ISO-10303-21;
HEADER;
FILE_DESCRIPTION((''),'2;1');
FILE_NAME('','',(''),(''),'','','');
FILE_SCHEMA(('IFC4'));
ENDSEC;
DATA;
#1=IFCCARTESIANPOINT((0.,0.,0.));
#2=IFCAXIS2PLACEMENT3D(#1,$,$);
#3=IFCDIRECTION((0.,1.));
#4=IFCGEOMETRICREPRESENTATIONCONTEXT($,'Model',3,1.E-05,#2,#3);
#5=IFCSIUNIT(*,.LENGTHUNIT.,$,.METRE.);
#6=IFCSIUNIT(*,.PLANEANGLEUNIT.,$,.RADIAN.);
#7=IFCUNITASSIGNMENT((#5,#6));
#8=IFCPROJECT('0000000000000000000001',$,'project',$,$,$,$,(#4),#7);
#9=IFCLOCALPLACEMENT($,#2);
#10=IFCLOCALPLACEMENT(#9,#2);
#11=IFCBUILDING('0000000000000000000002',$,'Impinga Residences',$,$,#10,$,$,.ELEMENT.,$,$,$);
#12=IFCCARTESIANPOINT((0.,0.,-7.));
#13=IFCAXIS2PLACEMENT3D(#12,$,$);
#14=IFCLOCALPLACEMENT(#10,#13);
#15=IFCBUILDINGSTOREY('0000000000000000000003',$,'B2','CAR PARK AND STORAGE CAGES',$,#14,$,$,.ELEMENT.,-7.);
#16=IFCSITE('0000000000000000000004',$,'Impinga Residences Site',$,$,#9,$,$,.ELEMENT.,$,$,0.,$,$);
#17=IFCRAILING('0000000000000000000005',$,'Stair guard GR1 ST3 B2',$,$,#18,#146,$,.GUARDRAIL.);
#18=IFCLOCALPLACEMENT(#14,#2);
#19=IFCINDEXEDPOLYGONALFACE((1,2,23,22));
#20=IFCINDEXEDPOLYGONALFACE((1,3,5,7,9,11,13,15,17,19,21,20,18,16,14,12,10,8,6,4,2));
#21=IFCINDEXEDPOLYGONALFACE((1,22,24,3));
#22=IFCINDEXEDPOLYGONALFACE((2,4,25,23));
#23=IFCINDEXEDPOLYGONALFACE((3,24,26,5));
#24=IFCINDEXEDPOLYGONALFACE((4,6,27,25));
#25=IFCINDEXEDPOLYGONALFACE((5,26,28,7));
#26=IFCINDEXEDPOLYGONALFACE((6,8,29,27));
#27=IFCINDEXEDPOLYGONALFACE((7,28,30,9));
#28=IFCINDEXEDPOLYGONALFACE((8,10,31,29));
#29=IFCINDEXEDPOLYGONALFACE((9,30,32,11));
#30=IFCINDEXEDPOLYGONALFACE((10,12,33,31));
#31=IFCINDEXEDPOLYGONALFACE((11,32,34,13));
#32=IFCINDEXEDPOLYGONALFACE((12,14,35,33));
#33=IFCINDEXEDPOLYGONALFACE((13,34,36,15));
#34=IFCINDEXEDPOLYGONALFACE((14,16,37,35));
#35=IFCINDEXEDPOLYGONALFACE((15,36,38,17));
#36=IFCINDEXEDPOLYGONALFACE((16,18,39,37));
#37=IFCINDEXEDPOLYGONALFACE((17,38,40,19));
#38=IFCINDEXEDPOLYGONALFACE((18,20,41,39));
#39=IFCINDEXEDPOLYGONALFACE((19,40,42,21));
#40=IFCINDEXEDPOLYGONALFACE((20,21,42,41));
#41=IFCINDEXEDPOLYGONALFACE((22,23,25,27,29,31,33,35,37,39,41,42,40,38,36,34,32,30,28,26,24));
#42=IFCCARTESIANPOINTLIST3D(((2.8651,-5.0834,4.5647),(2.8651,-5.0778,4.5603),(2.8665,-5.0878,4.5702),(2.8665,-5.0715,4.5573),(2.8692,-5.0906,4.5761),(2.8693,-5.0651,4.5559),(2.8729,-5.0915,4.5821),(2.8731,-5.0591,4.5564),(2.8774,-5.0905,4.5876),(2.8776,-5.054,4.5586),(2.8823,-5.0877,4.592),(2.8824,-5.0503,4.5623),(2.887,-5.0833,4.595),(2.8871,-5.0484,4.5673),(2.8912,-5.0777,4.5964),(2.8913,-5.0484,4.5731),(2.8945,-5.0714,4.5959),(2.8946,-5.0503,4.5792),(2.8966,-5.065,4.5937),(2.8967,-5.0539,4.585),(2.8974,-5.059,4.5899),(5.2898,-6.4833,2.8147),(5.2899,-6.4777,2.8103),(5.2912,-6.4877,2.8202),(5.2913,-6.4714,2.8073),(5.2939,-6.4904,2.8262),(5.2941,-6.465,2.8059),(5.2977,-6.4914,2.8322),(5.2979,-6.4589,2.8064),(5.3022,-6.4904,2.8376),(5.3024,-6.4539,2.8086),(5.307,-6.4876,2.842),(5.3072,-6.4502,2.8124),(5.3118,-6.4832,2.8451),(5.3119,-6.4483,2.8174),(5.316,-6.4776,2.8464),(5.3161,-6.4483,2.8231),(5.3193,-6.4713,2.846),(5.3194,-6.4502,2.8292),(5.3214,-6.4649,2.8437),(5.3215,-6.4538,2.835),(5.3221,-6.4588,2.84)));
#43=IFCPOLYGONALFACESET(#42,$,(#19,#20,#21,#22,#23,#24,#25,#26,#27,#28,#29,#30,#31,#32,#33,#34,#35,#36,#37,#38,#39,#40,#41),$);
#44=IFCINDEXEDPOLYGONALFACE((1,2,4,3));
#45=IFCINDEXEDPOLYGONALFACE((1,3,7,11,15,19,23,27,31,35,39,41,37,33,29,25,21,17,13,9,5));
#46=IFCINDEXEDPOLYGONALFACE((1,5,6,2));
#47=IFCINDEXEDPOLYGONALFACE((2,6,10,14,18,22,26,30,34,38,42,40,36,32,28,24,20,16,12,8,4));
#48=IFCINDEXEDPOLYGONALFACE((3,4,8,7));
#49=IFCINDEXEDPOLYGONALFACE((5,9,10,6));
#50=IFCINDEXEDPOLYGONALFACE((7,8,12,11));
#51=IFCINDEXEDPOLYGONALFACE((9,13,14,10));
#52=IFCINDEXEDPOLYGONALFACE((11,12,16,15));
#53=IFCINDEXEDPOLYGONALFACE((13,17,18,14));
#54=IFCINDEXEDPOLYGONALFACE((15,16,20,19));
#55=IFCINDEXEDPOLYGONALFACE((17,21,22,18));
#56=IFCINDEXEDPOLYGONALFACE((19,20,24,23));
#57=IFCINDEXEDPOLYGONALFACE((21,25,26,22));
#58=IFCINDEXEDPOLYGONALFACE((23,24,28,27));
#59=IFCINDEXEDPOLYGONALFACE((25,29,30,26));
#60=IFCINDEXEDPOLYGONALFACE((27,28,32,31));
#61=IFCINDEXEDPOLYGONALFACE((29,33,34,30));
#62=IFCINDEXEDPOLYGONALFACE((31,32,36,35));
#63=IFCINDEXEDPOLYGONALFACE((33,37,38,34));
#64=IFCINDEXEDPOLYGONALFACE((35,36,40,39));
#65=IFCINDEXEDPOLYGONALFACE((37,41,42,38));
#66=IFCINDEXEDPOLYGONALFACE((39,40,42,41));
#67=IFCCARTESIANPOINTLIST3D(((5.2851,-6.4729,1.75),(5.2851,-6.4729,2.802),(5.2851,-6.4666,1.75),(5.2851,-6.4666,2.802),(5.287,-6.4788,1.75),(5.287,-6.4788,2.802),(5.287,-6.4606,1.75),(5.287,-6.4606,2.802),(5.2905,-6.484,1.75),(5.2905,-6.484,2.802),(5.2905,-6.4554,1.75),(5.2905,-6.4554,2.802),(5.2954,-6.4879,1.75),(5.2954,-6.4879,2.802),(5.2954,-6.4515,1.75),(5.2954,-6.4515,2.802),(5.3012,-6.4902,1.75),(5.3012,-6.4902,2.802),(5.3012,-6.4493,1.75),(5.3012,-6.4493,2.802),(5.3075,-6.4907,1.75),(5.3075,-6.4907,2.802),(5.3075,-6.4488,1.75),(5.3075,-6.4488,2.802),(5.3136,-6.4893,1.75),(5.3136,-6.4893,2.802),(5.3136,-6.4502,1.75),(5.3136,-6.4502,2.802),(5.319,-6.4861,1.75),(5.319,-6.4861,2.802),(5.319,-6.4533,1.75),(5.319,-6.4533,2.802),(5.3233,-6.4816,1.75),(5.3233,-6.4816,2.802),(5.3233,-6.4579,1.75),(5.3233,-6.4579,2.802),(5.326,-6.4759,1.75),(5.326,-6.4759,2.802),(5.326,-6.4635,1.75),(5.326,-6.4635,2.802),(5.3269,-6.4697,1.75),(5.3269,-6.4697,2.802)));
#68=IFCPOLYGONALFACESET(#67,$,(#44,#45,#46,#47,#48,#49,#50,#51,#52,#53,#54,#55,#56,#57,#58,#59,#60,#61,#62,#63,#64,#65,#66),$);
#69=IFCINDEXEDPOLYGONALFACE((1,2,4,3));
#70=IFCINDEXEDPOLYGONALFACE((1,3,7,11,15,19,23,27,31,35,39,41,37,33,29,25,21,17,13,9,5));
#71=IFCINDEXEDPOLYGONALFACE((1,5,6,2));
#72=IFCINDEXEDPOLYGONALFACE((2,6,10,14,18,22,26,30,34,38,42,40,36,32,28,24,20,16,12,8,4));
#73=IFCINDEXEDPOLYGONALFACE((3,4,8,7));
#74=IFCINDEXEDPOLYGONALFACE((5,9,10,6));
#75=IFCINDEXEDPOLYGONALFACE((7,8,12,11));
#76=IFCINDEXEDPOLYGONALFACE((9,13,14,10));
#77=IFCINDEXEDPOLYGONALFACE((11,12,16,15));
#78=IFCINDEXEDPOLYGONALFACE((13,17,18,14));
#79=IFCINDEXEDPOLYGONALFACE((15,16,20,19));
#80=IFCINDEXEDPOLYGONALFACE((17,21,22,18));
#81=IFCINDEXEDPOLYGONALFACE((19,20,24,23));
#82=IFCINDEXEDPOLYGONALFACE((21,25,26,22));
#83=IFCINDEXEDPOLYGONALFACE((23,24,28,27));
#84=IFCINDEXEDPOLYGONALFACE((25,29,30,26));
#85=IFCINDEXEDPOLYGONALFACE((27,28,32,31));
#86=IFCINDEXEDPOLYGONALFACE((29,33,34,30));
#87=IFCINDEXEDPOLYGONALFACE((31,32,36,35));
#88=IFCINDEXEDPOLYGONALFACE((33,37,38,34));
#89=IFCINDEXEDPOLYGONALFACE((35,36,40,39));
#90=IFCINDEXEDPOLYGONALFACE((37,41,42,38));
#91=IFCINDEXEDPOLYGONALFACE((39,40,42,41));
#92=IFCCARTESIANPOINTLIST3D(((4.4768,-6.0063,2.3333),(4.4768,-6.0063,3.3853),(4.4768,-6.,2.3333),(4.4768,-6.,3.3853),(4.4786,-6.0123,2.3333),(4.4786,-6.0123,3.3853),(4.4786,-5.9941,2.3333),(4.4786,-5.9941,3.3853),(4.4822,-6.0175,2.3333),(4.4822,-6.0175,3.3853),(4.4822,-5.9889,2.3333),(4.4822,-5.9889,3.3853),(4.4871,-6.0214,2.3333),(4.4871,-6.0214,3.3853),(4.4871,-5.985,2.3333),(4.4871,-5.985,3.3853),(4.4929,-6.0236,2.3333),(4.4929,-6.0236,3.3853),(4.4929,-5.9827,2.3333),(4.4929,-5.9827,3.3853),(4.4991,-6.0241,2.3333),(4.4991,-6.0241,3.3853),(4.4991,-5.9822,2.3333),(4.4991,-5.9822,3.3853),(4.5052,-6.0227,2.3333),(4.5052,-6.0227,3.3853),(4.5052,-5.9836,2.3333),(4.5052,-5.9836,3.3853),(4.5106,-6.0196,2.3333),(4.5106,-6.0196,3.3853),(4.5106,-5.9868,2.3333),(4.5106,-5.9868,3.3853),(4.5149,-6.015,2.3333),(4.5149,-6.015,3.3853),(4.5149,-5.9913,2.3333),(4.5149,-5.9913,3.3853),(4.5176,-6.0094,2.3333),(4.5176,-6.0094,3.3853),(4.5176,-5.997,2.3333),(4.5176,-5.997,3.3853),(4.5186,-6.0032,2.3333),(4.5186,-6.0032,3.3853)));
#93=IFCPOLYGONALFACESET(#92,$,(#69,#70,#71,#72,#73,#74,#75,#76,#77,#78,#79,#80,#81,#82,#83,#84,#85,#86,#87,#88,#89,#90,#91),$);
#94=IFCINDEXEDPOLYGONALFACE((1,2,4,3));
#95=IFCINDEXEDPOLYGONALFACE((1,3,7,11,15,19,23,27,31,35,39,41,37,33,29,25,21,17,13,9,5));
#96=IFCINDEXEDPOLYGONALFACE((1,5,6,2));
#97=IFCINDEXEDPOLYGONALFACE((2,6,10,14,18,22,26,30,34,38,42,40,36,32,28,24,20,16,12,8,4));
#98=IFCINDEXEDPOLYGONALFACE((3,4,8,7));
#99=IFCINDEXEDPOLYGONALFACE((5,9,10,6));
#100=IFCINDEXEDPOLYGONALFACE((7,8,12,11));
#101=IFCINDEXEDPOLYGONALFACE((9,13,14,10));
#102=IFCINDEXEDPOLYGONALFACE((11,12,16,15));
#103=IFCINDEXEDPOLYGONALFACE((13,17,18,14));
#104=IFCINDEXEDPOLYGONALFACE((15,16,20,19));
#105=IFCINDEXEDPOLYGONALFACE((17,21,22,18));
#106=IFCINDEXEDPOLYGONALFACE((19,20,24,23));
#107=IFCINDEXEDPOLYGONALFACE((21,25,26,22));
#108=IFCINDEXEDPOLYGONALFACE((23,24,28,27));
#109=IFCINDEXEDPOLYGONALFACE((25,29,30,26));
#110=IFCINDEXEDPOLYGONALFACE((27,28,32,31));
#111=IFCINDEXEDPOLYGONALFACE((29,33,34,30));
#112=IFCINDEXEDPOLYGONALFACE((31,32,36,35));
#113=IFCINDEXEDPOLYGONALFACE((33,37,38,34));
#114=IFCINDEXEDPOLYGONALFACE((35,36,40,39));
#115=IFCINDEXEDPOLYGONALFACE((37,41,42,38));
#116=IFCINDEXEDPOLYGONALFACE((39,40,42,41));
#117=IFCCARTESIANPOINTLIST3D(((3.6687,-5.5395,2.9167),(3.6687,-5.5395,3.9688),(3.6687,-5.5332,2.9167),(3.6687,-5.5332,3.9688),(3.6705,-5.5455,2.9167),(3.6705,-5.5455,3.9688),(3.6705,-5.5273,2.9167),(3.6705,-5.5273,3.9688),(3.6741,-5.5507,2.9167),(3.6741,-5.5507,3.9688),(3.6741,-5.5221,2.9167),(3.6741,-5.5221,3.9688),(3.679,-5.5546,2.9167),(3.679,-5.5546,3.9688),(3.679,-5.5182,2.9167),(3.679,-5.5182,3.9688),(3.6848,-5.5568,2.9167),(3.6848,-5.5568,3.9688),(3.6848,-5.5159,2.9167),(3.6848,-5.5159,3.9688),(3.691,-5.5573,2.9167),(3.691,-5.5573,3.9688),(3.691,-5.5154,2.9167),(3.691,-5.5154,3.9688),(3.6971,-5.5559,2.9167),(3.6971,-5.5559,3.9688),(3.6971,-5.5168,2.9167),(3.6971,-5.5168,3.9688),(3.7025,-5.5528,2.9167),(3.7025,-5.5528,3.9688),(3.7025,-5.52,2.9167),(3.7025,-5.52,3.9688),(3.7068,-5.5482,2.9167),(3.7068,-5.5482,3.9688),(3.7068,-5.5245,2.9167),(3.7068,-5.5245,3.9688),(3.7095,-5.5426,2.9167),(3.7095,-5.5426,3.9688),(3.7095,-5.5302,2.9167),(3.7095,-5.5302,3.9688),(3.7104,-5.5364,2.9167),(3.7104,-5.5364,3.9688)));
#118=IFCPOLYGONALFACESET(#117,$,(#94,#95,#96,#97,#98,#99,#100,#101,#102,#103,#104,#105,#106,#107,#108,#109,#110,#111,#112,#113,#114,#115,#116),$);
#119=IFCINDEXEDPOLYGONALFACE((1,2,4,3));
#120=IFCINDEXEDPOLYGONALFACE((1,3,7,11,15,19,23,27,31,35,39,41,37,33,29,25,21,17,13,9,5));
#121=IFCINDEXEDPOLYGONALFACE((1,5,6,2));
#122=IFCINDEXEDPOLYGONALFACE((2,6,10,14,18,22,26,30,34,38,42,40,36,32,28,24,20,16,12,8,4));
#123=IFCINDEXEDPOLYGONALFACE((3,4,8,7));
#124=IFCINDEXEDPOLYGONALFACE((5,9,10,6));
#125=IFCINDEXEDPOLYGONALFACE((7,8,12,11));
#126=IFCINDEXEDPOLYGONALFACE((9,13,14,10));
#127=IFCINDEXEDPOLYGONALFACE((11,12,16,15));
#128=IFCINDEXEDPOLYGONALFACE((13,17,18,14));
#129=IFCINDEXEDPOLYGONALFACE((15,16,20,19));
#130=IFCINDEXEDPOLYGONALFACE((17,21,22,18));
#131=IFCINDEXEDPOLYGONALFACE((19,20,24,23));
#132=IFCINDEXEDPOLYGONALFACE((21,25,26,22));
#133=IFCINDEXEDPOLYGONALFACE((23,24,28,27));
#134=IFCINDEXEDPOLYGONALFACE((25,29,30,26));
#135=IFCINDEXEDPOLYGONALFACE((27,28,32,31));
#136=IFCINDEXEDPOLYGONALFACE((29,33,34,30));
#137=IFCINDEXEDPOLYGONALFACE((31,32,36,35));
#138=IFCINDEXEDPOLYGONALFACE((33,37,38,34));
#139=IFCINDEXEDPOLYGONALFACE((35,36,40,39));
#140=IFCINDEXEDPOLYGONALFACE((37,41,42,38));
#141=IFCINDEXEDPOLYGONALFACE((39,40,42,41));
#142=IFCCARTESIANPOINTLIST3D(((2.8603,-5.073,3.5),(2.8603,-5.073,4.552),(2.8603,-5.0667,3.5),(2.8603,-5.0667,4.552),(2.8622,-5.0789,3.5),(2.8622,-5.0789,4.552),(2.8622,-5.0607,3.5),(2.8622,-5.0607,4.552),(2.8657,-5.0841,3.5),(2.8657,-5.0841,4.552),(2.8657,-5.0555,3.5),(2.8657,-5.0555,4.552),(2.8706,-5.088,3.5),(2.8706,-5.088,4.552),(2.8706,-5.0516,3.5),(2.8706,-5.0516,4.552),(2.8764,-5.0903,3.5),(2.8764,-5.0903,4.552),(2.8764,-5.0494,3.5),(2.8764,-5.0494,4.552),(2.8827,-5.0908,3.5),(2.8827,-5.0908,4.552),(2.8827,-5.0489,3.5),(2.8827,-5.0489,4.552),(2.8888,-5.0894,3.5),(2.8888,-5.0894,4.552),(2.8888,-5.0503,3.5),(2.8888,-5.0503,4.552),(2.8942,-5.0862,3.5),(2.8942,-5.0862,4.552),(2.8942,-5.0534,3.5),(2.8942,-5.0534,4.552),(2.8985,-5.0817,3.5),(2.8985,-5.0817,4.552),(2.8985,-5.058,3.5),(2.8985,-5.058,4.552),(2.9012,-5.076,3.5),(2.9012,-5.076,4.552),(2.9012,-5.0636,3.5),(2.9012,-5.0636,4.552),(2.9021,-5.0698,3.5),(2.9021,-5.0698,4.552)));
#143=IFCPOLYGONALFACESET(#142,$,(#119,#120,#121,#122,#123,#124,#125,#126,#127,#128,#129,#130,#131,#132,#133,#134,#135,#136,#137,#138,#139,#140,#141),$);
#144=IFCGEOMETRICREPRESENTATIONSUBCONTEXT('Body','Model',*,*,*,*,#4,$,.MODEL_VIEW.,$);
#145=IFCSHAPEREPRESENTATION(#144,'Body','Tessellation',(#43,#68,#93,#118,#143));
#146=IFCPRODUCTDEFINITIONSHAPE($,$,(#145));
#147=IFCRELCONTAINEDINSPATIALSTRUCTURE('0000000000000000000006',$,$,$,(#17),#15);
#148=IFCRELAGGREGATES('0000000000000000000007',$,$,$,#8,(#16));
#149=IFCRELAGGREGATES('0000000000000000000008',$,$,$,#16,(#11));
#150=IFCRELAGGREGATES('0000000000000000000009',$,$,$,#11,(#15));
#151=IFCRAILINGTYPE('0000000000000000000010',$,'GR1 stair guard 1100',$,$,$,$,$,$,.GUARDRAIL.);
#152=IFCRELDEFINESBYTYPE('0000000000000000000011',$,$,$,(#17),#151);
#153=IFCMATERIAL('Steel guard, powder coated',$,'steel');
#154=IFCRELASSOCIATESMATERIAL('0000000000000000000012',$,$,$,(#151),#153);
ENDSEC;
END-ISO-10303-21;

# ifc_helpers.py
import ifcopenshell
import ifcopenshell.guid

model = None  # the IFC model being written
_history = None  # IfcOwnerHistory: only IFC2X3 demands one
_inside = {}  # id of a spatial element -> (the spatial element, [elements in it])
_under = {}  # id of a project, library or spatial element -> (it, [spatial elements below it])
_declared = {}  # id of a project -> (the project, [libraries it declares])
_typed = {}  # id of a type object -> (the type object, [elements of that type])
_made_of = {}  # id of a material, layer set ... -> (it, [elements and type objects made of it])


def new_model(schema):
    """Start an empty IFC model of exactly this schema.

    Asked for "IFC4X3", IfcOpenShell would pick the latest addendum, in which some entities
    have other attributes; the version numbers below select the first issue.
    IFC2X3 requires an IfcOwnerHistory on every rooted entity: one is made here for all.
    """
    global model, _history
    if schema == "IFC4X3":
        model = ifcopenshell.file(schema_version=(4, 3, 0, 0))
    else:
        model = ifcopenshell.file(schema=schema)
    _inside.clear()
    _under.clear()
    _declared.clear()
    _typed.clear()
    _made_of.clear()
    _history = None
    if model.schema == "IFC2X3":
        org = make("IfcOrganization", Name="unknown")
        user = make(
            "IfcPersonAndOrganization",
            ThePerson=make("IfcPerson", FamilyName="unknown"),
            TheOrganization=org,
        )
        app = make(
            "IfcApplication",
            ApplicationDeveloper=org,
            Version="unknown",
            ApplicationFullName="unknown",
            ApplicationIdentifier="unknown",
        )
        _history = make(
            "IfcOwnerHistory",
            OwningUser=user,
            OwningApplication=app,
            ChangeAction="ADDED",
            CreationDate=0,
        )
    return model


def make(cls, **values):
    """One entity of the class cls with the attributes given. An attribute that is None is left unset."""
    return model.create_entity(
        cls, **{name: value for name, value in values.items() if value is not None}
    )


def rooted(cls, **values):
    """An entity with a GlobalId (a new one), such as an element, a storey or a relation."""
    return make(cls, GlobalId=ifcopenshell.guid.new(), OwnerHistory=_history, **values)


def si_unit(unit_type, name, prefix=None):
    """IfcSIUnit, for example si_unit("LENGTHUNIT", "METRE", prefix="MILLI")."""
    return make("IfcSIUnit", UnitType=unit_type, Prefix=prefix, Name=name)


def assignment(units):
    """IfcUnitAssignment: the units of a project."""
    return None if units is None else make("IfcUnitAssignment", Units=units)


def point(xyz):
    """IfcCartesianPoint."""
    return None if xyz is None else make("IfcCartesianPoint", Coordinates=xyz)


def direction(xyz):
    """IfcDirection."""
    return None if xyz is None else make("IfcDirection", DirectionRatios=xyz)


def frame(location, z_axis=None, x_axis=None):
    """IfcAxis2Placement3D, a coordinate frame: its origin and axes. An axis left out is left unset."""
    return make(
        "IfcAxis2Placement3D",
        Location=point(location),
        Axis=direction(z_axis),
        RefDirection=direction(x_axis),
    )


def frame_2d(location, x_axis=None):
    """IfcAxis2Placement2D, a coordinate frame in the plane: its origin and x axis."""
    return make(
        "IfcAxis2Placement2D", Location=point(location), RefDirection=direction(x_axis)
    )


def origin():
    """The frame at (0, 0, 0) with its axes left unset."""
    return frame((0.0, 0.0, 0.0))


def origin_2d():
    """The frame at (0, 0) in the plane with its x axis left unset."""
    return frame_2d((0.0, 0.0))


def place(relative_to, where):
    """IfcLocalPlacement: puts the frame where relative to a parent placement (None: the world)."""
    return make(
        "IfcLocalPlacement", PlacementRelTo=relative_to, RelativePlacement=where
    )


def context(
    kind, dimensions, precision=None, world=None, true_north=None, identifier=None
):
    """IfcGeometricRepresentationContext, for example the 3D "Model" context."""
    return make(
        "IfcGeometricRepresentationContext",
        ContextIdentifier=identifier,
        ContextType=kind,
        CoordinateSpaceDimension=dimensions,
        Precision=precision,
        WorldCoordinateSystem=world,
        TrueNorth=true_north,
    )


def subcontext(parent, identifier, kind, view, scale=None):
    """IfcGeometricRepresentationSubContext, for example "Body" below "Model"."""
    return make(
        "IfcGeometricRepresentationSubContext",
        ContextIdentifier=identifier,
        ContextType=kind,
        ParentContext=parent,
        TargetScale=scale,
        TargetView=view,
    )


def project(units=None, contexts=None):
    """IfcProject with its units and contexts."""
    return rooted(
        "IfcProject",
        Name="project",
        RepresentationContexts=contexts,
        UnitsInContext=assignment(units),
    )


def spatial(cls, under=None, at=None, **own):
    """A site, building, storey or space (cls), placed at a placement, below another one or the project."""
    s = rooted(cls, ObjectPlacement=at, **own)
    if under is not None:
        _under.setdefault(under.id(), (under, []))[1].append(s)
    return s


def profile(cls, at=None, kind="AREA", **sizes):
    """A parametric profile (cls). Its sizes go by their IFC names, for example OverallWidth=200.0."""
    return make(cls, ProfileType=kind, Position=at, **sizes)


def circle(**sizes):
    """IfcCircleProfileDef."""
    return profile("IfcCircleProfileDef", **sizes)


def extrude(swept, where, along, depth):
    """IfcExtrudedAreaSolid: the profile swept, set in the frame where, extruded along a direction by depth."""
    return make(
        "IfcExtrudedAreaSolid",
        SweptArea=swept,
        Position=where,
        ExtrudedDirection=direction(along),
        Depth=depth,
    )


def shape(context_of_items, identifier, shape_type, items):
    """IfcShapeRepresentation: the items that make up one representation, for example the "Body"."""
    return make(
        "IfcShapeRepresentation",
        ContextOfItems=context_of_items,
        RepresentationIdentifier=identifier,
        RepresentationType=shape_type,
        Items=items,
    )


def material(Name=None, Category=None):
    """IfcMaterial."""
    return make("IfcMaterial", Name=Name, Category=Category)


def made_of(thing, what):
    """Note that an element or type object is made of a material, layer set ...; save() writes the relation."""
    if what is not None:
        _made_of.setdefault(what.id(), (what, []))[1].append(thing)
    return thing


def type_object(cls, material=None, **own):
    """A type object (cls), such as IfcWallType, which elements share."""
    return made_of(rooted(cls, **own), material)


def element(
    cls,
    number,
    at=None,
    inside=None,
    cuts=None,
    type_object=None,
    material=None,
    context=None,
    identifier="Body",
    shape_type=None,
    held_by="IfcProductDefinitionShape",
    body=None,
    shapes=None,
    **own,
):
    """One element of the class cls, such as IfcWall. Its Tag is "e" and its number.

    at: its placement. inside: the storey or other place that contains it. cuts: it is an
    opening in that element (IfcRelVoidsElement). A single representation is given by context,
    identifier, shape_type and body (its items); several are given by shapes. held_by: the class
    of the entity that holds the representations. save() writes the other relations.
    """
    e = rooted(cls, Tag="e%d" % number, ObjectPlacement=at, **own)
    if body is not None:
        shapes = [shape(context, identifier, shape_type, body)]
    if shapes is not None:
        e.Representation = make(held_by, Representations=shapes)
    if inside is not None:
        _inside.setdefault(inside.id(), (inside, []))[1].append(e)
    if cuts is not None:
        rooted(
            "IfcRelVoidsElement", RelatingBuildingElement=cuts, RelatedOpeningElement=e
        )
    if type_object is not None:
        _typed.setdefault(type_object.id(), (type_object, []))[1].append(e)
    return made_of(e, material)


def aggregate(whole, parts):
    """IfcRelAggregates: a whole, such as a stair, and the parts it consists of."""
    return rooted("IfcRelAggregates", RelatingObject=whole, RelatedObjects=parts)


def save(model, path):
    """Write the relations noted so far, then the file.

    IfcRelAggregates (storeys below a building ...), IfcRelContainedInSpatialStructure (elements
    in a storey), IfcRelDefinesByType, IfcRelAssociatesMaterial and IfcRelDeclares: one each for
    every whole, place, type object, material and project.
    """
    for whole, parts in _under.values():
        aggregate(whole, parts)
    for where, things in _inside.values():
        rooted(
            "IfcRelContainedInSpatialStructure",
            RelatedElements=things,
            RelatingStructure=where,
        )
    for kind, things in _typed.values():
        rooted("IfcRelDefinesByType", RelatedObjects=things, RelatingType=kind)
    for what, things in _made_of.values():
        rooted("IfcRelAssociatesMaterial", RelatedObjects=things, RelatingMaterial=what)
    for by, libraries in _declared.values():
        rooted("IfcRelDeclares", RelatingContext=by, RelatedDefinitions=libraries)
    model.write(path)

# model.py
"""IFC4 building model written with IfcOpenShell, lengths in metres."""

from ifc_helpers import new_model, si_unit, direction, frame, origin, origin_2d, place, context, subcontext, project, spatial, circle, extrude, material, type_object, element, save


model = new_model("IFC4")

# Units and contexts
model_context = context("Model", 3, precision=1e-05, world=origin(), true_north=direction((0.0, 1.0)))
body_context = subcontext(model_context, "Body", "Model", "MODEL_VIEW")
ifc_project = project(units=[si_unit("LENGTHUNIT", "METRE"), si_unit("PLANEANGLEUNIT", "RADIAN")], contexts=[model_context])

# Site, building, storey
site_placement = place(None, origin())
site = spatial("IfcSite", under=ifc_project, at=site_placement, Name="Impinga Residences Site", CompositionType="ELEMENT", RefElevation=0.0)
building_placement = place(site_placement, origin())
building = spatial("IfcBuilding", under=site, at=building_placement, Name="Impinga Residences", CompositionType="ELEMENT")
storey_placement = place(building_placement, frame((0.0, 0.0, -7.0)))
storey = spatial("IfcBuildingStorey", under=building, at=storey_placement, Name="B2", Description="CAR PARK AND STORAGE CAGES", CompositionType="ELEMENT", Elevation=-7.0)

# Railing
ifc_material_1 = material(Name="Steel guard, powder coated", Category="steel")
railing_type_1 = type_object("IfcRailingType", Name="GR1 stair guard 1100", PredefinedType="GUARDRAIL", material=ifc_material_1)
railing_1_placement = place(storey_placement, frame((5.3059, -6.4697, 1.75)))
element("IfcRailing", 1, at=railing_1_placement, inside=storey, type_object=railing_type_1, Name="Stair guard GR1 ST3 B2", PredefinedType="GUARDRAIL", context=body_context, shape_type="SweptSolid", body=[
    extrude(circle(Radius=0.0239, at=origin_2d()), frame((0.0, 0.0, 1.0762), z_axis=(-0.734388, 0.423981, 0.530013), x_axis=(-0.499984, -0.866035, 0.0)), (0.0, 0.0, 1.0), 3.3018),
    extrude(circle(Radius=0.021, at=origin_2d()), origin(), (0.0, 0.0, 1.0), 1.052),
    extrude(circle(Radius=0.021, at=origin_2d()), frame((-0.8083, 0.4666, 0.5833)), (0.0, 0.0, 1.0), 1.052),
    extrude(circle(Radius=0.021, at=origin_2d()), frame((-1.6165, 0.9333, 1.1667)), (0.0, 0.0, 1.0), 1.052),
    extrude(circle(Radius=0.021, at=origin_2d()), frame((-2.4248, 1.3999, 1.75)), (0.0, 0.0, 1.0), 1.052),
])

save(model, "model.ifc")
